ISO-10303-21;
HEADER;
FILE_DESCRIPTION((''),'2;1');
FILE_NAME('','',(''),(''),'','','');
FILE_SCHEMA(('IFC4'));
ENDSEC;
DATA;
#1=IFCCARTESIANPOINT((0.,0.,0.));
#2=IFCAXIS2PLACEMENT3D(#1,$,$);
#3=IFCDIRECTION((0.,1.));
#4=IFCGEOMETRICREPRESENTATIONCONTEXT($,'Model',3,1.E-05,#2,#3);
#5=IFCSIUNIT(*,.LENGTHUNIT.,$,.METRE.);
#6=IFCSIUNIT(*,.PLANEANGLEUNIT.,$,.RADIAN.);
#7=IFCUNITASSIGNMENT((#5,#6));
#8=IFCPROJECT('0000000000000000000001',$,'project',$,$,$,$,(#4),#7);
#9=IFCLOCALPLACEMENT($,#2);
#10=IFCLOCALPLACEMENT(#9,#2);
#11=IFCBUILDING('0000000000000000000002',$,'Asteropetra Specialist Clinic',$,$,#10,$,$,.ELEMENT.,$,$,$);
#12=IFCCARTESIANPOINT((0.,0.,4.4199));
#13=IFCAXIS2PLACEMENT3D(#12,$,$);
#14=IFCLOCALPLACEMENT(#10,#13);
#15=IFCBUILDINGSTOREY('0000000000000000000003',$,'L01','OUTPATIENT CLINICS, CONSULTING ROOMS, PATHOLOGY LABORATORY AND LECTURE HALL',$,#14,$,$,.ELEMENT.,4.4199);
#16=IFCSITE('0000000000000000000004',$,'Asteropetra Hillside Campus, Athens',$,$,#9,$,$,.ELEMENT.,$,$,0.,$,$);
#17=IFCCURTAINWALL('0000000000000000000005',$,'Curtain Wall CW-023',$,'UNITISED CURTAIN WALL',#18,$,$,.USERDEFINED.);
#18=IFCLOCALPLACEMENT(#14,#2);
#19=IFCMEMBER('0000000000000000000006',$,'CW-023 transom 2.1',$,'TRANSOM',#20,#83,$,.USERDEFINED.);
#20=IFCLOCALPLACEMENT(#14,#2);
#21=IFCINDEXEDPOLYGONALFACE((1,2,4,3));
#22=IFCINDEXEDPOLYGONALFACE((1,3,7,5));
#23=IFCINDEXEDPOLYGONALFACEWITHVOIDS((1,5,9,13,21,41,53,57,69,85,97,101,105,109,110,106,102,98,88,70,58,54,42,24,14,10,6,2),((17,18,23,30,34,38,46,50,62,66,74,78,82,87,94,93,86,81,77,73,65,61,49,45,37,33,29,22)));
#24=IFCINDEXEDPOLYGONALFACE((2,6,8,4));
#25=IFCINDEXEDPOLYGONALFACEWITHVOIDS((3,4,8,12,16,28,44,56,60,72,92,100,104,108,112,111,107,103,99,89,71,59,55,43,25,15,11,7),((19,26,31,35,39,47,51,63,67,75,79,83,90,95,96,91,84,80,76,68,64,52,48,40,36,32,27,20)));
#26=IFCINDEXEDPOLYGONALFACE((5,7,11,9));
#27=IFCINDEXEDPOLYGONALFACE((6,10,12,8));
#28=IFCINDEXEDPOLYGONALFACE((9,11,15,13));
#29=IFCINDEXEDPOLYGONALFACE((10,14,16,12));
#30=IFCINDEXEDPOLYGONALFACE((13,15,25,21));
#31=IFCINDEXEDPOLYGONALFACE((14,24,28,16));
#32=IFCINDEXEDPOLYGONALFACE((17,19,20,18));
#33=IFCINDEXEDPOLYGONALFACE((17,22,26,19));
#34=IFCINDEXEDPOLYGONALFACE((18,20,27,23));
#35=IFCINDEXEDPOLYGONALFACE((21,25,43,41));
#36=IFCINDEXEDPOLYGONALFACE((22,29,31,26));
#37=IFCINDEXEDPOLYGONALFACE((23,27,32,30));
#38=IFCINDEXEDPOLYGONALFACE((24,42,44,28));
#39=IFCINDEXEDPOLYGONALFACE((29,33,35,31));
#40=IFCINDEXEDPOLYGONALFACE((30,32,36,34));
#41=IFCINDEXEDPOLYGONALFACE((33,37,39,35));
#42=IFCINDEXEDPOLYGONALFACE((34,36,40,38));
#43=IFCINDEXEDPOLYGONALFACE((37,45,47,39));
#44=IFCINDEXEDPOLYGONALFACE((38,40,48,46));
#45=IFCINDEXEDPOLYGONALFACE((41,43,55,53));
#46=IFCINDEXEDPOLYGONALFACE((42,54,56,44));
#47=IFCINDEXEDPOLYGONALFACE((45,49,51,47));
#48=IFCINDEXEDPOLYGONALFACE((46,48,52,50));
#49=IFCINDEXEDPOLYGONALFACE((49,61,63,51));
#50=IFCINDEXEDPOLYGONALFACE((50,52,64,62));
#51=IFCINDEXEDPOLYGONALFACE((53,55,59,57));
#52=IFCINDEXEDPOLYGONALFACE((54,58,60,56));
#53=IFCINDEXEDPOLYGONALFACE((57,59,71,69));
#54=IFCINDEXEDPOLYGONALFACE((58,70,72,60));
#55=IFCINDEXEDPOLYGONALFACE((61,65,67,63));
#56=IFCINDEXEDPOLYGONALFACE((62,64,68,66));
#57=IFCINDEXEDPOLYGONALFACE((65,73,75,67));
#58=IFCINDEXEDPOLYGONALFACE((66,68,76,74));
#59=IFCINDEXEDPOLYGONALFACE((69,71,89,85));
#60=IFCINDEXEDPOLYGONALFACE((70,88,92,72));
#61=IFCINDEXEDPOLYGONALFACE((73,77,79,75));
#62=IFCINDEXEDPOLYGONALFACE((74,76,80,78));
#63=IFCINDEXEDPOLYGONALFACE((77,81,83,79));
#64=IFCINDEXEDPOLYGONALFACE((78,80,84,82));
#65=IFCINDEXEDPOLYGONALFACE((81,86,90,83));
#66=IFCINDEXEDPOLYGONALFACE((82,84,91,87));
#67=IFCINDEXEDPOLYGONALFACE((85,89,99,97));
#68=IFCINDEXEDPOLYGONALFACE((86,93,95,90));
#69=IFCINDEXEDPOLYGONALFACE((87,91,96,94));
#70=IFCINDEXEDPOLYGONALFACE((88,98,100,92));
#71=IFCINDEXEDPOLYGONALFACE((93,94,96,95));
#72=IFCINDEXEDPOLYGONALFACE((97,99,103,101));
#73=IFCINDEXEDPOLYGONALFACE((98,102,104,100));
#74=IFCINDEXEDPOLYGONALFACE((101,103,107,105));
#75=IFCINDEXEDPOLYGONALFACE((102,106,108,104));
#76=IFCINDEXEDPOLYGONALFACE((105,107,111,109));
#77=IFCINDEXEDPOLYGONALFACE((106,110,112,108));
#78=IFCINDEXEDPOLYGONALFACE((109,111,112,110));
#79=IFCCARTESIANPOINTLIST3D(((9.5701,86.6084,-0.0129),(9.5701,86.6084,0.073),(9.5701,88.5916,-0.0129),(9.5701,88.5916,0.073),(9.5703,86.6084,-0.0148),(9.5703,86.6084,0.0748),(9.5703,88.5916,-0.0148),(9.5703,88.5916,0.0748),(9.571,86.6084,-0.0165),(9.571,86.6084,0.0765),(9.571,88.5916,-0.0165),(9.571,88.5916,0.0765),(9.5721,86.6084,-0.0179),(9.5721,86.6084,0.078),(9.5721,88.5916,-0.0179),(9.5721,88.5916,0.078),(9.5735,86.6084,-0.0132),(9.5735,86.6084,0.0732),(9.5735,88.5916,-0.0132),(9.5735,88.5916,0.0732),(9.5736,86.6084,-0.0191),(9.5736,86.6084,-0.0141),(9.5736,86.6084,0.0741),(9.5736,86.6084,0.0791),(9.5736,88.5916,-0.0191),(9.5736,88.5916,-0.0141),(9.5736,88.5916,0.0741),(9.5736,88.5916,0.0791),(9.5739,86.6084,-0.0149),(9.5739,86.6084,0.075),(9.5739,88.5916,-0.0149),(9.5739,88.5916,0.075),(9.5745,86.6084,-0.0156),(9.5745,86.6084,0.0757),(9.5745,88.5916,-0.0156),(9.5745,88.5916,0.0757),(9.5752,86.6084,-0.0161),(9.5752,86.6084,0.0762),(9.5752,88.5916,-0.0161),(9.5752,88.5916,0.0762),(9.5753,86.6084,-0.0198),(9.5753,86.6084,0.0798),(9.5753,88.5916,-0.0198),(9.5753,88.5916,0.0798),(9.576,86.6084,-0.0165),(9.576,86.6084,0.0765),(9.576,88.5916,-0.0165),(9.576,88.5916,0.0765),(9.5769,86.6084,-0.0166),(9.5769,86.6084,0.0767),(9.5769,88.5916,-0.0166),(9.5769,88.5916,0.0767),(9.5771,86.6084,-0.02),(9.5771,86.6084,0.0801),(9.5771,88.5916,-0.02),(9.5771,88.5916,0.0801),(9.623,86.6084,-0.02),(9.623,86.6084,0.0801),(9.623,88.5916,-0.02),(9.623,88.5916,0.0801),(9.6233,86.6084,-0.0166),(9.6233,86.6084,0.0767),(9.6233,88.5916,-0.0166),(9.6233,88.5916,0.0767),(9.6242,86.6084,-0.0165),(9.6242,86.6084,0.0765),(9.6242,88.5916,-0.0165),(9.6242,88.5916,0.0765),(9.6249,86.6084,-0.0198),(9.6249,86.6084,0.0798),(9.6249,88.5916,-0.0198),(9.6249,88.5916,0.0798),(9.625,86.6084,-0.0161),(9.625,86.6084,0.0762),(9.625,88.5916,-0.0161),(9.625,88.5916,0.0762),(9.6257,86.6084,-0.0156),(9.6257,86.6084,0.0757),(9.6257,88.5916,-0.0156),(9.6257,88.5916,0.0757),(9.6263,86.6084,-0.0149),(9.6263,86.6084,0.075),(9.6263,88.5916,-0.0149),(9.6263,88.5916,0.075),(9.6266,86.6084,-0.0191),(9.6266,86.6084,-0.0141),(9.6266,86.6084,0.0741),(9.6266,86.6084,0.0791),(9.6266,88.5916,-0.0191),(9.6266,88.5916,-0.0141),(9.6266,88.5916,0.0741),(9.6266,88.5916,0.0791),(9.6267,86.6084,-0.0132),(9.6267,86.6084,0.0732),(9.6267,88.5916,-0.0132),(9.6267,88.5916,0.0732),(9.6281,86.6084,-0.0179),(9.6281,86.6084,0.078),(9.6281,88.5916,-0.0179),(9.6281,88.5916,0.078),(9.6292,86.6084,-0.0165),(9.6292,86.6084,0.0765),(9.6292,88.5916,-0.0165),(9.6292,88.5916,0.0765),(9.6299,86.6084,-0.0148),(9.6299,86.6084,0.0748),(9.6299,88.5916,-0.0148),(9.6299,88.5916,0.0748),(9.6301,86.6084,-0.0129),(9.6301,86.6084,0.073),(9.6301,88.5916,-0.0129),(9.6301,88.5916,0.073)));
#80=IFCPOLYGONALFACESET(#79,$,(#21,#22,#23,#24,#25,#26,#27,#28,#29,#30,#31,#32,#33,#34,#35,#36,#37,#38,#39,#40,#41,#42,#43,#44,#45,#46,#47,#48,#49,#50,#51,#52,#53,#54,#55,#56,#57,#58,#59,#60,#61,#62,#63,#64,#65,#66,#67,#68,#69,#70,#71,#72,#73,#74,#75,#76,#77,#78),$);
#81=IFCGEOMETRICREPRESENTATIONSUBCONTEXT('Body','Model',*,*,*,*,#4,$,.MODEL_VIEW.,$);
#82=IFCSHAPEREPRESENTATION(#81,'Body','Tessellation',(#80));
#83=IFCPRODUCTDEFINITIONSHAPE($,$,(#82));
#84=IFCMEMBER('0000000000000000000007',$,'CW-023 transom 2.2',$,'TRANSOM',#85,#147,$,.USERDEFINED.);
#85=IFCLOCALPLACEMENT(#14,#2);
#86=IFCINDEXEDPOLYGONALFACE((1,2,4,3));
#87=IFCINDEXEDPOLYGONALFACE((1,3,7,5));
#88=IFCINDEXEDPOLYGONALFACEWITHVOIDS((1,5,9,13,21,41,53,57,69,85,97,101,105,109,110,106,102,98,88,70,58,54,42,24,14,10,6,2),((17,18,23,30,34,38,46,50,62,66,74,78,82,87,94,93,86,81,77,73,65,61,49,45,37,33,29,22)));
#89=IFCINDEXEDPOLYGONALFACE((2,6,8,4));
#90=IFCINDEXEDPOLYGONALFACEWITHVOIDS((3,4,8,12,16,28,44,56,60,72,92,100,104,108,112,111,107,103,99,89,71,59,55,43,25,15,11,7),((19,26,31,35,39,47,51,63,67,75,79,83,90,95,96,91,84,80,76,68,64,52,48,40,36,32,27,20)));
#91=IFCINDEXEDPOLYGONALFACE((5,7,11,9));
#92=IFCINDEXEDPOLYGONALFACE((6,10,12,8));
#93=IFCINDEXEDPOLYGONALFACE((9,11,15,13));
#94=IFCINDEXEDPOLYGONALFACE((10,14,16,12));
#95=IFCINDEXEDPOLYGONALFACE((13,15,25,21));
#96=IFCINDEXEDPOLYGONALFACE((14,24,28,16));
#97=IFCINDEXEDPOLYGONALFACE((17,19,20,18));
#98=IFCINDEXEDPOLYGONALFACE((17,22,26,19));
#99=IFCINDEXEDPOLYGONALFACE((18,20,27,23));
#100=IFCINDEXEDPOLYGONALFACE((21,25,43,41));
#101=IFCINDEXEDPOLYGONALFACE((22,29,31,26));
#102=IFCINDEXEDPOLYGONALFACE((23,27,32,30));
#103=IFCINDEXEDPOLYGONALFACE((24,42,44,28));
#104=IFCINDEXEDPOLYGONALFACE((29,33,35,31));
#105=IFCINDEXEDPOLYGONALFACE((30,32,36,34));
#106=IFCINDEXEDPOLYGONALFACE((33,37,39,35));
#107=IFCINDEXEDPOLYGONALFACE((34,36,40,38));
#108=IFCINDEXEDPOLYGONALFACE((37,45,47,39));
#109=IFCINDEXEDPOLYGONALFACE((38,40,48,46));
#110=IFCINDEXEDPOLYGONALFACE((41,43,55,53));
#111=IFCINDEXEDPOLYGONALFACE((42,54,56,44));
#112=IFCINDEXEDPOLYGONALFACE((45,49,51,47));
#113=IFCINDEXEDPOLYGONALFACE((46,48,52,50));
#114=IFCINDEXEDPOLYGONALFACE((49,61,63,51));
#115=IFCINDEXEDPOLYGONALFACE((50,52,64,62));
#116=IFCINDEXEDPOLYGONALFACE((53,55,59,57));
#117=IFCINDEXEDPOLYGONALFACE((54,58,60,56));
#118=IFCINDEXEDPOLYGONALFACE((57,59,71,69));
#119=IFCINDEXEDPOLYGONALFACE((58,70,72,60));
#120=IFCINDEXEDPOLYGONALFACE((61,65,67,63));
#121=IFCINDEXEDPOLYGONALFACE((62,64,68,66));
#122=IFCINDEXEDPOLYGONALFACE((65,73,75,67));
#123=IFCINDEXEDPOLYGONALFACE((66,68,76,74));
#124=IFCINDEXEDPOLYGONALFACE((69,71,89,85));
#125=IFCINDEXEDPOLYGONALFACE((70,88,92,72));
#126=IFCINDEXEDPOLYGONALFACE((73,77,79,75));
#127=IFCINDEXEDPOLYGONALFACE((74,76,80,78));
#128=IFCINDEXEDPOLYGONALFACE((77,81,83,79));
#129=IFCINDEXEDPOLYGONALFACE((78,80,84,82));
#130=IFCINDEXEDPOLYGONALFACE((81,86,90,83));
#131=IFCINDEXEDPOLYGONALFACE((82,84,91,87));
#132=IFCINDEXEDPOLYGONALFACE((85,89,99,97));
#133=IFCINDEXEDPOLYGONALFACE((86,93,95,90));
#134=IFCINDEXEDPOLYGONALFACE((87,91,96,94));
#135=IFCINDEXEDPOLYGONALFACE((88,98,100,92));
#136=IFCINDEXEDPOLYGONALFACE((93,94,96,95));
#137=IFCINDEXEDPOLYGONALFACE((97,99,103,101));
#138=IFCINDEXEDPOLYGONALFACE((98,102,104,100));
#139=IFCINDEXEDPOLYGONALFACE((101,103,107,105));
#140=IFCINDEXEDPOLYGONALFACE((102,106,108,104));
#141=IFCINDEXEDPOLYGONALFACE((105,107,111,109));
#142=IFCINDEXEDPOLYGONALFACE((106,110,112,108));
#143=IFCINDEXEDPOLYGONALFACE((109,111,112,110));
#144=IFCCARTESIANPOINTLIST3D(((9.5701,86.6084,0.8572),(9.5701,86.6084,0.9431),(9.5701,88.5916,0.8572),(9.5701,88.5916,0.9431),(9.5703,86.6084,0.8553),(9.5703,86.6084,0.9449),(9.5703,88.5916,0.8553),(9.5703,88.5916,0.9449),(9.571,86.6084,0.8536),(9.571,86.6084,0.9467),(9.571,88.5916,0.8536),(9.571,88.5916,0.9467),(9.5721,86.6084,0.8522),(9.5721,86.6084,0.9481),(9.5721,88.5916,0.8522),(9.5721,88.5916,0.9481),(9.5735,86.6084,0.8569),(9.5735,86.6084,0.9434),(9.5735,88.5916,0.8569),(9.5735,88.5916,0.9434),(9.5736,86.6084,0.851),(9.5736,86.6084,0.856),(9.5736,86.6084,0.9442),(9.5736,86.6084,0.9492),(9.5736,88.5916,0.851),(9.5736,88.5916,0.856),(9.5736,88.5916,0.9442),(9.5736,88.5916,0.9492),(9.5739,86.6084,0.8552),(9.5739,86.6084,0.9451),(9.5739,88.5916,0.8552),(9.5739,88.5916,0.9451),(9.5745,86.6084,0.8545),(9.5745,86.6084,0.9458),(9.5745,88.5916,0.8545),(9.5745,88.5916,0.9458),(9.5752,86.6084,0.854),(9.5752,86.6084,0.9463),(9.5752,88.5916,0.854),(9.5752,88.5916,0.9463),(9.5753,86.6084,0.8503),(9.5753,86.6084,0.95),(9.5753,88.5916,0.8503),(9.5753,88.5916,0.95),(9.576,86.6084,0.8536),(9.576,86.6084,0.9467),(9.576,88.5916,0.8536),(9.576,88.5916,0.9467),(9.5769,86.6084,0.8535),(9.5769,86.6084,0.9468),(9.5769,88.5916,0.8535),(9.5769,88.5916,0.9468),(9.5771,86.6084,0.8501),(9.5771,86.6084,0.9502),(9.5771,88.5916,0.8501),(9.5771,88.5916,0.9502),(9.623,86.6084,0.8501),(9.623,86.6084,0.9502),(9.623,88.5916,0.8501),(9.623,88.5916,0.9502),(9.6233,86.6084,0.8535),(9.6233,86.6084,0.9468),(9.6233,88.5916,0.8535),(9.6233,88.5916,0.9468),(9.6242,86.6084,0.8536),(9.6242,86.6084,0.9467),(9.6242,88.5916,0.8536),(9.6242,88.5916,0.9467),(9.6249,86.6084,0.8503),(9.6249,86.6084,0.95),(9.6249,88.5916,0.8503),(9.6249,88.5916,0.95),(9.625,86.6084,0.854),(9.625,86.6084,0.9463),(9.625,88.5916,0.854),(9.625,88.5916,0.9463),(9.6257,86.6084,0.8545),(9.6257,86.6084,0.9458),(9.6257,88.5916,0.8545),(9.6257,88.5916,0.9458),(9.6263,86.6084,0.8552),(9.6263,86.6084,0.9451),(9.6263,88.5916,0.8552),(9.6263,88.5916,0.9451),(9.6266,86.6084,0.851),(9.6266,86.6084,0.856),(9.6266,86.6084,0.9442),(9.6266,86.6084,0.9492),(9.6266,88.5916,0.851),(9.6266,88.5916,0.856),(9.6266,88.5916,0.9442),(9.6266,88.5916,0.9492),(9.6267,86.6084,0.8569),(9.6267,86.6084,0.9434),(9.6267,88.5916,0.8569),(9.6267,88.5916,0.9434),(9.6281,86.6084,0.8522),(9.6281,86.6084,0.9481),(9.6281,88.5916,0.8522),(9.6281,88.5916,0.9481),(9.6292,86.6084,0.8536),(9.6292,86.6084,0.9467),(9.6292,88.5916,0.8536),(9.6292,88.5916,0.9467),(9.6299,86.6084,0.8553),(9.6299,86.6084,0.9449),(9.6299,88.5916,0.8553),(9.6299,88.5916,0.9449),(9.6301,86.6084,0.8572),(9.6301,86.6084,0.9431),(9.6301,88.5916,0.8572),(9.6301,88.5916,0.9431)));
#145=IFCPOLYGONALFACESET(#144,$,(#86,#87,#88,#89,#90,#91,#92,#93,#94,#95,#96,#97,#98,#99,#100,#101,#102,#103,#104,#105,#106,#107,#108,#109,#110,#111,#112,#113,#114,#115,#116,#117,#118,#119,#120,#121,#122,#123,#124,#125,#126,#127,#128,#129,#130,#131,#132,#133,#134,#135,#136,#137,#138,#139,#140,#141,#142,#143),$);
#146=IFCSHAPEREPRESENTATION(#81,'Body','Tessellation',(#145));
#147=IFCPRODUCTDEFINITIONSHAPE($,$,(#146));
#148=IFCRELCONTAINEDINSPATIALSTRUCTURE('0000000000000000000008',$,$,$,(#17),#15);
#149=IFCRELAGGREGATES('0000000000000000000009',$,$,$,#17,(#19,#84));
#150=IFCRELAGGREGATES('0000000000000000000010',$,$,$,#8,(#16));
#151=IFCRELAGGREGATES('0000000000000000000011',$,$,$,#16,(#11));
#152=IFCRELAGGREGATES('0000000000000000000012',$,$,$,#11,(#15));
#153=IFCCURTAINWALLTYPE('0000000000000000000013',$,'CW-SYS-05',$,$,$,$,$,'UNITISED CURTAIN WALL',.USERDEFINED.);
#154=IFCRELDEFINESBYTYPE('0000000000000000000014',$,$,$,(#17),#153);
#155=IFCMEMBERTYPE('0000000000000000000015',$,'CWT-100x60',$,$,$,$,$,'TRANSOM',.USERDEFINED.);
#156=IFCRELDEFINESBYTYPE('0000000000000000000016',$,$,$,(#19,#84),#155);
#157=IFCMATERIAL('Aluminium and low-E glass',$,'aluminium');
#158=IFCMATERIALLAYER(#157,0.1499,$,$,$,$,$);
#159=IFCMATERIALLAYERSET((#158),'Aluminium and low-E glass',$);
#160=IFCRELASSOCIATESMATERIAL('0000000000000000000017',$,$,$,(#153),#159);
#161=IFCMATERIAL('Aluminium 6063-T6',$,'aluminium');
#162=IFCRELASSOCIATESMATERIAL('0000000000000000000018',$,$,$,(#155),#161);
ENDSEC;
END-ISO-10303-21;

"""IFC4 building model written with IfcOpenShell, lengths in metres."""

from ifc_helpers import new_model, si_unit, direction, frame, origin, origin_2d, place, context, subcontext, project, spatial, hollow_rectangle, extrude, material, layer, layer_set, material_profile, profile_set, type_object, element, aggregate, save


model = new_model("IFC4")

# Units and contexts
model_context = context("Model", 3, precision=1e-05, world=origin(), true_north=direction((0.0, 1.0)))
body_context = subcontext(model_context, "Body", "Model", "MODEL_VIEW")
ifc_project = project(units=[si_unit("LENGTHUNIT", "METRE"), si_unit("PLANEANGLEUNIT", "RADIAN")], contexts=[model_context])

# Site, building, storey
site_placement = place(None, origin())
site = spatial("IfcSite", under=ifc_project, at=site_placement, Name="Asteropetra Hillside Campus, Athens", CompositionType="ELEMENT", RefElevation=0.0)
building_placement = place(site_placement, origin())
building = spatial("IfcBuilding", under=site, at=building_placement, Name="Asteropetra Specialist Clinic", CompositionType="ELEMENT")
storey_placement = place(building_placement, frame((0.0, 0.0, 4.4199)))
storey = spatial("IfcBuildingStorey", under=building, at=storey_placement, Name="L01", Description="OUTPATIENT CLINICS, CONSULTING ROOMS, PATHOLOGY LABORATORY AND LECTURE HALL", CompositionType="ELEMENT", Elevation=4.4199)

# Curtain wall
ifc_material_1 = material(Name="Aluminium and low-E glass", Category="aluminium")
ifc_layer_1 = layer(ifc_material_1, 0.1499)
ifc_layer_set_1 = layer_set([ifc_layer_1], Name="Aluminium and low-E glass")
curtain_wall_type = type_object("IfcCurtainWallType", Name="CW-SYS-05", ElementType="UNITISED CURTAIN WALL", PredefinedType="USERDEFINED", material=ifc_layer_set_1)
curtain_wall_1_placement = place(storey_placement, origin())
curtain_wall_1 = element("IfcCurtainWall", 1, at=curtain_wall_1_placement, inside=storey, type_object=curtain_wall_type, Name="Curtain Wall CW-023", ObjectType="UNITISED CURTAIN WALL", PredefinedType="USERDEFINED")

# Members
ifc_material_2 = material(Name="Aluminium 6063-T6", Category="aluminium")
ifc_material_profile_1 = material_profile(ifc_material_2, hollow_rectangle(XDim=0.0601, YDim=0.1001, WallThickness=0.0034, InnerFilletRadius=0.0034, OuterFilletRadius=0.0071, at=origin_2d()), Name="TRN 100x60x3.5")
ifc_profile_set_1 = profile_set([ifc_material_profile_1], Name="Aluminium 6063-T6")
member_type_1 = type_object("IfcMemberType", Name="CWT-100x60", ElementType="TRANSOM", PredefinedType="USERDEFINED", material=ifc_profile_set_1)
member_1_placement = place(storey_placement, frame((9.6001, 88.5916, 0.03), z_axis=(0.0, -1.0, 0.0), x_axis=(1.0, 0.0, 0.0)))
member_1 = element("IfcMember", 2, at=member_1_placement, type_object=member_type_1, Name="CW-023 transom 2.1", ObjectType="TRANSOM", PredefinedType="USERDEFINED", context=body_context, shape_type="SweptSolid", body=[
    extrude(hollow_rectangle(XDim=0.0601, YDim=0.1001, WallThickness=0.0034, InnerFilletRadius=0.0034, OuterFilletRadius=0.0071, at=origin_2d()), origin(), (0.0, 0.0, 1.0), 1.9832),
])
member_2_placement = place(storey_placement, frame((9.6001, 88.5916, 0.9001), z_axis=(0.0, -1.0, 0.0), x_axis=(1.0, 0.0, 0.0)))
member_2 = element("IfcMember", 3, at=member_2_placement, type_object=member_type_1, Name="CW-023 transom 2.2", ObjectType="TRANSOM", PredefinedType="USERDEFINED", context=body_context, shape_type="SweptSolid", body=[
    extrude(hollow_rectangle(XDim=0.0601, YDim=0.1001, WallThickness=0.0034, InnerFilletRadius=0.0034, OuterFilletRadius=0.0071, at=origin_2d()), origin(), (0.0, 0.0, 1.0), 1.9832),
])

aggregate(curtain_wall_1, [member_1, member_2])

save(model, "model.ifc")
